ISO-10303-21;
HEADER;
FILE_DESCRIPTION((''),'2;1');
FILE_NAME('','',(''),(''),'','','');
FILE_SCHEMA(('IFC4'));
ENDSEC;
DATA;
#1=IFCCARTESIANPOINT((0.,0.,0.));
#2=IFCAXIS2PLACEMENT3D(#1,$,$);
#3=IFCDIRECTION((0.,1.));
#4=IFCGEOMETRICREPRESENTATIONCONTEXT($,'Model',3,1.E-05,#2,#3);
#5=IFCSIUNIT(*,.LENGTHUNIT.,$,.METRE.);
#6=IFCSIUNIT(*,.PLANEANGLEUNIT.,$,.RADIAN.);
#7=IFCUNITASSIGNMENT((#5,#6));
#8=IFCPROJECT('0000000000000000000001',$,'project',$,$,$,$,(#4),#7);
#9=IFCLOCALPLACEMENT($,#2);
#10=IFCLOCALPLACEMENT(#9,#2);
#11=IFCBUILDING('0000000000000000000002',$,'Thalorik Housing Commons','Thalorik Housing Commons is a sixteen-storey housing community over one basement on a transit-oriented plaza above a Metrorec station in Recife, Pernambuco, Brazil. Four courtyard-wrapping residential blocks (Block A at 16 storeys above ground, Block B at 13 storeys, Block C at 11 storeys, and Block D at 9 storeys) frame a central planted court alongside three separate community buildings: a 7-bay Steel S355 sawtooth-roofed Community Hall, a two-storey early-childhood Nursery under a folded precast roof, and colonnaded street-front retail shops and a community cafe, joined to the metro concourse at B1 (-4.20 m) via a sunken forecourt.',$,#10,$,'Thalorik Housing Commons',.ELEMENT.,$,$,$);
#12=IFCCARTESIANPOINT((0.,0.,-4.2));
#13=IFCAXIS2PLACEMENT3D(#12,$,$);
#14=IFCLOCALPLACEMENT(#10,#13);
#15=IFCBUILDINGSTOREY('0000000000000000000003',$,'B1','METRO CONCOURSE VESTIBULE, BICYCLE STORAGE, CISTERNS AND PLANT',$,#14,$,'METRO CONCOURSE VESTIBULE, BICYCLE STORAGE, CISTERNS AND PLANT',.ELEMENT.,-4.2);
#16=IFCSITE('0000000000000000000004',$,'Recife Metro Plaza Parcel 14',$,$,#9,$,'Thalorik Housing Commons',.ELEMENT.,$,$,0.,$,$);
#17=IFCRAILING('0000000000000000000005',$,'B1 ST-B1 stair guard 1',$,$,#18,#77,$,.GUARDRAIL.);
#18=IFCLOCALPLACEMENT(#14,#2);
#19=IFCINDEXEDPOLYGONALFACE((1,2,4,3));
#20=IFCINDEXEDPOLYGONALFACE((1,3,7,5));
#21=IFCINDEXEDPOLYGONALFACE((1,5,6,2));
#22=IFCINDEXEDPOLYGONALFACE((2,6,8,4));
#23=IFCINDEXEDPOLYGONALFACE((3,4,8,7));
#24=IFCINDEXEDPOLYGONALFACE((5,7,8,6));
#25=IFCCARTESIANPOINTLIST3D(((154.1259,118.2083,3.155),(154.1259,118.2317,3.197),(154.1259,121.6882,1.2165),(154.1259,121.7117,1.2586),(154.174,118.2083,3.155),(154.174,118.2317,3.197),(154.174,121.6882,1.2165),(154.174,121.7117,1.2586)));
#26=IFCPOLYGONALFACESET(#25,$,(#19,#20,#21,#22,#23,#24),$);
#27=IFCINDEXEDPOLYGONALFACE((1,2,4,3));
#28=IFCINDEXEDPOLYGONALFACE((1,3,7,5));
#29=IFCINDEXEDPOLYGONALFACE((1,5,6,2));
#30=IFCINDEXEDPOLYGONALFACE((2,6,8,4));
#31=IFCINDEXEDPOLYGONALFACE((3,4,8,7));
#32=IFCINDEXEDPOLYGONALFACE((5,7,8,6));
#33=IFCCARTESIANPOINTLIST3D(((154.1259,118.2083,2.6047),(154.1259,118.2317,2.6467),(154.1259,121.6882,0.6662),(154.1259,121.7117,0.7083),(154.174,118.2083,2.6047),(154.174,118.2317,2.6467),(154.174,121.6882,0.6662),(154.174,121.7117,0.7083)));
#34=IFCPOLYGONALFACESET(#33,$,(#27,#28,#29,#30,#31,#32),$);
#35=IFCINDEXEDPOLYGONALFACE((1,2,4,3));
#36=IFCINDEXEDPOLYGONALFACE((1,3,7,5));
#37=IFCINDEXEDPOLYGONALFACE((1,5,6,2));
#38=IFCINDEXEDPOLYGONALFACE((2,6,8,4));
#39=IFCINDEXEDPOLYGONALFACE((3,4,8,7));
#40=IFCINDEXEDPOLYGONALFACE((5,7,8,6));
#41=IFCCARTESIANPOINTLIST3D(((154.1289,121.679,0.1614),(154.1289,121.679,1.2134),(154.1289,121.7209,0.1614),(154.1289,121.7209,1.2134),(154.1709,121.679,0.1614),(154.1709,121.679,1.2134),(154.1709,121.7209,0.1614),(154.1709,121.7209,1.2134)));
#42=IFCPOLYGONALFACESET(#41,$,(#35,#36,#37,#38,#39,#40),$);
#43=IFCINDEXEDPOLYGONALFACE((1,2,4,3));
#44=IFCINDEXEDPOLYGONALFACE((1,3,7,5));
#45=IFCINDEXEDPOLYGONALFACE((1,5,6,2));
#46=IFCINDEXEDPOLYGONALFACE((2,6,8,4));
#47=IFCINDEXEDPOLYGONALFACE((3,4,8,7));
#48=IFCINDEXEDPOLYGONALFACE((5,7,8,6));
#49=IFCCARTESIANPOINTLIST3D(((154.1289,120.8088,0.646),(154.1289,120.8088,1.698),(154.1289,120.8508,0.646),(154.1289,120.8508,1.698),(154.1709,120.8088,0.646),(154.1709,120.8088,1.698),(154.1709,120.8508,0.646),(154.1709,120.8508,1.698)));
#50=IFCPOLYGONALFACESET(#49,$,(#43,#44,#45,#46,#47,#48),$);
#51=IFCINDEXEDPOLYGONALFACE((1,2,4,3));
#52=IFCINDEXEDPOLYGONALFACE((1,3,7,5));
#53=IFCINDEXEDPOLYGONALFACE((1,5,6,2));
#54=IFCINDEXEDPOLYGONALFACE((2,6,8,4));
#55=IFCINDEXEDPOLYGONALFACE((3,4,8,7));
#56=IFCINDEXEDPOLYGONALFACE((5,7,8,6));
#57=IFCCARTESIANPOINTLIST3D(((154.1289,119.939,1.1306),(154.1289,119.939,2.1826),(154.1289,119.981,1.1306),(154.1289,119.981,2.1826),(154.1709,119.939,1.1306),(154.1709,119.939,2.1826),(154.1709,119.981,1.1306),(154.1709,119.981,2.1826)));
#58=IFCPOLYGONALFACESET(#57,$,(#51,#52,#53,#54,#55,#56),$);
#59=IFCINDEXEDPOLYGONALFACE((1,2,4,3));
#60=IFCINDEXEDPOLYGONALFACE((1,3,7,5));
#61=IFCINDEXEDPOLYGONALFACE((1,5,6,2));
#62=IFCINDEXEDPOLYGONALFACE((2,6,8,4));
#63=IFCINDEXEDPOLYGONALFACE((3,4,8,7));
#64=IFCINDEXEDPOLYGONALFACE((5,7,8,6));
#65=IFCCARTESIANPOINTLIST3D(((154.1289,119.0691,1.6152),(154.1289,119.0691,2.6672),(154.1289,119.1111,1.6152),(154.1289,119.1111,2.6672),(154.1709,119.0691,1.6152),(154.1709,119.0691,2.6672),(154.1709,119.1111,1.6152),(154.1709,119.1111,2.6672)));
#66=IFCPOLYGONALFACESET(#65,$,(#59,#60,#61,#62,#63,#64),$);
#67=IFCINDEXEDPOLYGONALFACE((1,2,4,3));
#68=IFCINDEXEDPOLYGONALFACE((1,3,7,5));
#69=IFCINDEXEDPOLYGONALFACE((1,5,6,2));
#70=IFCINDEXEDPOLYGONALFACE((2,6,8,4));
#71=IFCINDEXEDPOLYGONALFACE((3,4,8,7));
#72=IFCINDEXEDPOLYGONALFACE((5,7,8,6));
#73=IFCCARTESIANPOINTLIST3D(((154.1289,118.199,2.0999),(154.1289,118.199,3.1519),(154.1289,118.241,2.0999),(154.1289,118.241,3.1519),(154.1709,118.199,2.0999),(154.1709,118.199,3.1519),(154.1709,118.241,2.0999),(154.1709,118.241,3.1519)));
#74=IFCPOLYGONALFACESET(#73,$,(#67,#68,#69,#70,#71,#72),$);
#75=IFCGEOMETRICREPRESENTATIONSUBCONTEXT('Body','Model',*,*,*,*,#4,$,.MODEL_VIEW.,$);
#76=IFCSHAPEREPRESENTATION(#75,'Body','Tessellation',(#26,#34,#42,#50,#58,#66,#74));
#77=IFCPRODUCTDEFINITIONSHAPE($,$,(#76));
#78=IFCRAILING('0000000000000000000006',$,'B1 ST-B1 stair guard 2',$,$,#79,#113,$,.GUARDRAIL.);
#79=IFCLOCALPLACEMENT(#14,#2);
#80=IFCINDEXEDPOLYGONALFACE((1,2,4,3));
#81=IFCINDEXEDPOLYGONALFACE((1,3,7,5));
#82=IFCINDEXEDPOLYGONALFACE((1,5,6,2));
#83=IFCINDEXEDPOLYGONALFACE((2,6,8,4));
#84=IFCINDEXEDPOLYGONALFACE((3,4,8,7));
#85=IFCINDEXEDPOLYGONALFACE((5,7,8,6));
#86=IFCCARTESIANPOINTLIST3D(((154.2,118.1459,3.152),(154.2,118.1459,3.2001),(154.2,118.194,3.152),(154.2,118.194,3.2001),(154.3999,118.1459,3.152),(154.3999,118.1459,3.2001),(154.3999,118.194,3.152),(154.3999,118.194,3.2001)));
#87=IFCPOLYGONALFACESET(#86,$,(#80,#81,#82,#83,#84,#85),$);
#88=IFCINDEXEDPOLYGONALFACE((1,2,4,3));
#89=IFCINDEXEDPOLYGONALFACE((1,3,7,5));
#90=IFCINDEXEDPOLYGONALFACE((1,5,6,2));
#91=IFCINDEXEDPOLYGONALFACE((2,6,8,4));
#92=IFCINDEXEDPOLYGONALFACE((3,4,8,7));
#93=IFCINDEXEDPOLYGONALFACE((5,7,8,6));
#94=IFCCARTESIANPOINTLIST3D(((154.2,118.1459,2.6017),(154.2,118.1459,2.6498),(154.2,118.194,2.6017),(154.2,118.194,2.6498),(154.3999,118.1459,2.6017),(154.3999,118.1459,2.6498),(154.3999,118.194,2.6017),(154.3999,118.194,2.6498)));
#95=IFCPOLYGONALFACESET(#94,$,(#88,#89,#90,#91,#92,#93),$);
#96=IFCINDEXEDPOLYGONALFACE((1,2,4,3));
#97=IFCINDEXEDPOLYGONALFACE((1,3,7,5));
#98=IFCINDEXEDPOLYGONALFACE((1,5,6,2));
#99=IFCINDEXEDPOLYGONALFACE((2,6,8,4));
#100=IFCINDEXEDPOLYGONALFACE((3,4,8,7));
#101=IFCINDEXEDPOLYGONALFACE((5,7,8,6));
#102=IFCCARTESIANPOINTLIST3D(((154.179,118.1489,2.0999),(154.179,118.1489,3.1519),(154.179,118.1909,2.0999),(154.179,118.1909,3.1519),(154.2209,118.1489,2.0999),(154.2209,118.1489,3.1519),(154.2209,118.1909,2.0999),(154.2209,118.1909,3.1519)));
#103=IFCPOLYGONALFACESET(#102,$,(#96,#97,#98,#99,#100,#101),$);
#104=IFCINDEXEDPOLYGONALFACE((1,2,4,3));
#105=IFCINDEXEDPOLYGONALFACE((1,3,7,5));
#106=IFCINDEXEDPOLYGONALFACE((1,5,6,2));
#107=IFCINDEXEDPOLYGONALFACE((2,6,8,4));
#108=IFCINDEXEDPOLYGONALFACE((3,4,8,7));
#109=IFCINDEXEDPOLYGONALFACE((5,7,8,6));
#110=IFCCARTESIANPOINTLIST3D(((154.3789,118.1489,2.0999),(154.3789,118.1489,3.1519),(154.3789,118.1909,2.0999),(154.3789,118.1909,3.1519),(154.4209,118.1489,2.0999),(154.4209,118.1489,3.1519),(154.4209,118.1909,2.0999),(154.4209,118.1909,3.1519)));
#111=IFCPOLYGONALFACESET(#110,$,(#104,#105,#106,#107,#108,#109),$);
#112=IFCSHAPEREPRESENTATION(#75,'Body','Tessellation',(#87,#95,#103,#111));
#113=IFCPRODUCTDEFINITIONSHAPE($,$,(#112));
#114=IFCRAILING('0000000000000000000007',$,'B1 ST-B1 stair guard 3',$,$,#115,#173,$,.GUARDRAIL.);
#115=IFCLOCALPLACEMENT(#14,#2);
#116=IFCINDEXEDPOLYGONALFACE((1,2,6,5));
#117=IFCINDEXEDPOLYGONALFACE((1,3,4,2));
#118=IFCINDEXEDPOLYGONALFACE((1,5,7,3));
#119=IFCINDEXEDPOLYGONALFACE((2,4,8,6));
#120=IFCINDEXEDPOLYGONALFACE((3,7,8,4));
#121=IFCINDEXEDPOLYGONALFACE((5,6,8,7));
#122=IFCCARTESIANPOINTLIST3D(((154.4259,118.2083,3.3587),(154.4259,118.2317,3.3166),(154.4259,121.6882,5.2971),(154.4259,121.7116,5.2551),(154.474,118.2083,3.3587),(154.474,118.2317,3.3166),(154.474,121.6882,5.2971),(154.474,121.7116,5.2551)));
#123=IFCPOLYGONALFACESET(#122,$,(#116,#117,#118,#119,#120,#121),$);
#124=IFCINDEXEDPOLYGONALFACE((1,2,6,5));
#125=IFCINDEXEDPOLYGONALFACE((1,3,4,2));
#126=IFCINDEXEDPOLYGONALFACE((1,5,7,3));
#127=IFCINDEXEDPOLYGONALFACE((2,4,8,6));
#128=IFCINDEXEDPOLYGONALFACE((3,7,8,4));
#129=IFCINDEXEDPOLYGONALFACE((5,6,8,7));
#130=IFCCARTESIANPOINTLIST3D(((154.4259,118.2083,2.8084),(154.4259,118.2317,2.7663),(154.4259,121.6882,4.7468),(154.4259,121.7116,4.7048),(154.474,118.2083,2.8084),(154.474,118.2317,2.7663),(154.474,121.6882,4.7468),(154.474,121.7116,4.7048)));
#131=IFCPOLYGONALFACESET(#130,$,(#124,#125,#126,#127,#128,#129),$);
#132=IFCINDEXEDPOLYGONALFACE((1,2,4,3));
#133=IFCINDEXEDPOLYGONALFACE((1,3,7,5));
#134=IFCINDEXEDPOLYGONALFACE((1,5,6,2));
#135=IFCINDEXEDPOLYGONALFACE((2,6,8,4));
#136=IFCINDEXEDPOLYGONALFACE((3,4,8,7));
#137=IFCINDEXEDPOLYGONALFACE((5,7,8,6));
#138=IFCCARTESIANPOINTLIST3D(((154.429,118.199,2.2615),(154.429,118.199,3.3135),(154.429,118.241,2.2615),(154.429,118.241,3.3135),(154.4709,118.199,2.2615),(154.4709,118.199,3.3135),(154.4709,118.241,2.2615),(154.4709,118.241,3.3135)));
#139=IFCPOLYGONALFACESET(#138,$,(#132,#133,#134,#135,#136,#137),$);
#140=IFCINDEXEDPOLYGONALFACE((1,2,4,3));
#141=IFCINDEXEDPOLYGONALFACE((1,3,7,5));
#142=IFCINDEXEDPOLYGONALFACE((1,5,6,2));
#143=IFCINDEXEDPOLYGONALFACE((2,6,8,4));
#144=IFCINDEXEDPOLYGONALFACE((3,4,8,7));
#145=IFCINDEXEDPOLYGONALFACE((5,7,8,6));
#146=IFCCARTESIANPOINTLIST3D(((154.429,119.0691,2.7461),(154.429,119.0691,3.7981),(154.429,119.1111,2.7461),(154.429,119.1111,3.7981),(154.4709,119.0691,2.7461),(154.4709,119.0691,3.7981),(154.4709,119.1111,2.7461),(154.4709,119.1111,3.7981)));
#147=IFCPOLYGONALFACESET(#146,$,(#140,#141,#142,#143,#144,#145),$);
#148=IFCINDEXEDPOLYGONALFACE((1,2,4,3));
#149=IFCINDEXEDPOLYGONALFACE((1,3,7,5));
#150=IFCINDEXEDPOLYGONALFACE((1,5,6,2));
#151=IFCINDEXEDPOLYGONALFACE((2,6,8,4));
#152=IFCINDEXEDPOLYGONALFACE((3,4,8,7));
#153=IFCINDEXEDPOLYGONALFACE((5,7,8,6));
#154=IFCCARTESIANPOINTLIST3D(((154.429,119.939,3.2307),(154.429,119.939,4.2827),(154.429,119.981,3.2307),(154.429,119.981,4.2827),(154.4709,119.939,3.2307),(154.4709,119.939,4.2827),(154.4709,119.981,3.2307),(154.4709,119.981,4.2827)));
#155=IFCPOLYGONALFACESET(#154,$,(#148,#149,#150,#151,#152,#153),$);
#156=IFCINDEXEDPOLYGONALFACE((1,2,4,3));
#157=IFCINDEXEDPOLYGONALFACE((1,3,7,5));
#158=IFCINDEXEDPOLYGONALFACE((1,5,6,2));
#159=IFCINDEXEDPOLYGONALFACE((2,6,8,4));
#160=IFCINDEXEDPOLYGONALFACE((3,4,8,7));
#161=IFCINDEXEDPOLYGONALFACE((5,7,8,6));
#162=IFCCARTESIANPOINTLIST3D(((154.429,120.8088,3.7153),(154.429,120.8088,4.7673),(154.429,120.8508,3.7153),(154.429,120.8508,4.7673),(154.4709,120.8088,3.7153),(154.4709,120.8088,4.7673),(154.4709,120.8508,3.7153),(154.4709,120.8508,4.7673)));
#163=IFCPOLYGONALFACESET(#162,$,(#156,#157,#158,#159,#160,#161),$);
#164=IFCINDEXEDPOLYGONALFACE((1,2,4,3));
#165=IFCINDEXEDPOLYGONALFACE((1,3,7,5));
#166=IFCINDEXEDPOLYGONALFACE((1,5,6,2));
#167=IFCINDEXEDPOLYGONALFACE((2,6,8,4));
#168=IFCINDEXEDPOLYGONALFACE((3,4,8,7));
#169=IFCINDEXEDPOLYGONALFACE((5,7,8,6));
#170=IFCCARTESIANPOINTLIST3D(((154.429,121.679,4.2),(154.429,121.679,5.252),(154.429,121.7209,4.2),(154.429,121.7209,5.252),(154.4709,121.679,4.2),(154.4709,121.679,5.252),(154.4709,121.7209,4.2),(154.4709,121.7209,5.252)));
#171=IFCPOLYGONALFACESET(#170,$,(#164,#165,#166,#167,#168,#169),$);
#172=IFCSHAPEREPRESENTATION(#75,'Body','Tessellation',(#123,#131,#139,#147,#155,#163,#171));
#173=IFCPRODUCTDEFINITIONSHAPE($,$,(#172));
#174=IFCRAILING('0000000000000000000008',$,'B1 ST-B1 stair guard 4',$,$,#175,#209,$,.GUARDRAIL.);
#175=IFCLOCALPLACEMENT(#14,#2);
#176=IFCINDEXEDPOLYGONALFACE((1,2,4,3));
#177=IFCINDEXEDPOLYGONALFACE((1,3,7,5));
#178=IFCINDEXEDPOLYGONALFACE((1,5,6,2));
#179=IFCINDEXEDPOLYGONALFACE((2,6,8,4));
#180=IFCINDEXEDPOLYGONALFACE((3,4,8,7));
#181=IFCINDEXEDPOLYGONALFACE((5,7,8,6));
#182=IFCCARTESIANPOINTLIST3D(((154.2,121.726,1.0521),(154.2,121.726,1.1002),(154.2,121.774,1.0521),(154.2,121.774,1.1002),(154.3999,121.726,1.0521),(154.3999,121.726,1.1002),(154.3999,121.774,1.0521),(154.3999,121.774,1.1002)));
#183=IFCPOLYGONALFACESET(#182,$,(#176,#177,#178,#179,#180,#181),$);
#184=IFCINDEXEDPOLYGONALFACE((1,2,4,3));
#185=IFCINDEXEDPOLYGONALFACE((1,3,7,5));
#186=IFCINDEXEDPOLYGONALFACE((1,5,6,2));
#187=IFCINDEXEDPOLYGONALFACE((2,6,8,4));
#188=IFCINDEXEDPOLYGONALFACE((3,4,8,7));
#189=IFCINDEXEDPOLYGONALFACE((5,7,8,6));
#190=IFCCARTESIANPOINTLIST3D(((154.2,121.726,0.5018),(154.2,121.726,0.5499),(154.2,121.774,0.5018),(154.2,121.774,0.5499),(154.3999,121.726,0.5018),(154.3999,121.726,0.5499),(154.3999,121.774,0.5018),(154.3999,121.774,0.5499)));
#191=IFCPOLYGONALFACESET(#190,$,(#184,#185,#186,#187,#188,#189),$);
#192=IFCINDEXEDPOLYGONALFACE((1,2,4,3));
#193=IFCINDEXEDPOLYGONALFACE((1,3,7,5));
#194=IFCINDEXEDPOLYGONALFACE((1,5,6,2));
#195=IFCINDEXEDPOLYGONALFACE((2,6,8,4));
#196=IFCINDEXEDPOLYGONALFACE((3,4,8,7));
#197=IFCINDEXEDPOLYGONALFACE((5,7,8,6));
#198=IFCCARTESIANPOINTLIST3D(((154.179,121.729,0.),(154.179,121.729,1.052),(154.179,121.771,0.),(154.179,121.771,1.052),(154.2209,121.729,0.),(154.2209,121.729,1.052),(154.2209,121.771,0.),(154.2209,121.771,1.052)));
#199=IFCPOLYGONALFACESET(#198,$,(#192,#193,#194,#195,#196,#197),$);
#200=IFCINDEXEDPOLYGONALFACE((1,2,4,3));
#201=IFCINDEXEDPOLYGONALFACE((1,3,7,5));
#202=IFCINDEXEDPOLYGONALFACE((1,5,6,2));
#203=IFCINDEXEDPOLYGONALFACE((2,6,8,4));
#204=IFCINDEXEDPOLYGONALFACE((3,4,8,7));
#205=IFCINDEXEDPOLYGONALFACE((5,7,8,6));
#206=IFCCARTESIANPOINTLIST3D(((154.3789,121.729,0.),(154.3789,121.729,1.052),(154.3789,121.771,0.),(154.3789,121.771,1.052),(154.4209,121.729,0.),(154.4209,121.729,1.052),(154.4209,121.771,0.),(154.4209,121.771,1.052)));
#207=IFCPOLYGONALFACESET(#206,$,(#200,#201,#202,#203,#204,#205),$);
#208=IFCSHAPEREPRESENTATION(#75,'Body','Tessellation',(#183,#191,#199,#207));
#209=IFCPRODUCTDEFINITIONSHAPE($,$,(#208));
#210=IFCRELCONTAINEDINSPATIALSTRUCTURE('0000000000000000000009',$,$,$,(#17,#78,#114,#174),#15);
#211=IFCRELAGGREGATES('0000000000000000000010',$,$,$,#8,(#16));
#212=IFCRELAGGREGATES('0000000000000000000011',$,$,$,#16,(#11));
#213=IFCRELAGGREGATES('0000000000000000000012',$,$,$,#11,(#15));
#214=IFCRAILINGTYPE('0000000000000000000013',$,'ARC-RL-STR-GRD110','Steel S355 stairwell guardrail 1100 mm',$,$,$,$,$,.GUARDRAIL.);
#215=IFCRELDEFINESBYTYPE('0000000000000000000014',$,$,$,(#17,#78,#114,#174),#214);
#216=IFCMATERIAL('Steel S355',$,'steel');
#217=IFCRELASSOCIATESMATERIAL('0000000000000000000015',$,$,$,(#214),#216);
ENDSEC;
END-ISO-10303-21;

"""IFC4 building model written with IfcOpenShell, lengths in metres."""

from ifc_helpers import new_model, si_unit, direction, frame, origin, origin_2d, place, context, subcontext, project, spatial, rectangle, extrude, material, type_object, element, save


model = new_model("IFC4")

# Units and contexts
model_context = context("Model", 3, precision=1e-05, world=origin(), true_north=direction((0.0, 1.0)))
body_context = subcontext(model_context, "Body", "Model", "MODEL_VIEW")
ifc_project = project(units=[si_unit("LENGTHUNIT", "METRE"), si_unit("PLANEANGLEUNIT", "RADIAN")], contexts=[model_context])

# Site, building, storey
site_placement = place(None, origin())
site = spatial("IfcSite", under=ifc_project, at=site_placement, Name="Recife Metro Plaza Parcel 14", LongName="Thalorik Housing Commons", CompositionType="ELEMENT", RefElevation=0.0)
building_placement = place(site_placement, origin())
building = spatial("IfcBuilding", under=site, at=building_placement, Name="Thalorik Housing Commons", Description="Thalorik Housing Commons is a sixteen-storey housing community over one basement on a transit-oriented plaza above a Metrorec station in Recife, Pernambuco, Brazil. Four courtyard-wrapping residential blocks (Block A at 16 storeys above ground, Block B at 13 storeys, Block C at 11 storeys, and Block D at 9 storeys) frame a central planted court alongside three separate community buildings: a 7-bay Steel S355 sawtooth-roofed Community Hall, a two-storey early-childhood Nursery under a folded precast roof, and colonnaded street-front retail shops and a community cafe, joined to the metro concourse at B1 (-4.20 m) via a sunken forecourt.", LongName="Thalorik Housing Commons", CompositionType="ELEMENT")
storey_placement = place(building_placement, frame((0.0, 0.0, -4.2)))
storey = spatial("IfcBuildingStorey", under=building, at=storey_placement, Name="B1", Description="METRO CONCOURSE VESTIBULE, BICYCLE STORAGE, CISTERNS AND PLANT", LongName="METRO CONCOURSE VESTIBULE, BICYCLE STORAGE, CISTERNS AND PLANT", CompositionType="ELEMENT", Elevation=-4.2)

# Shared definitions
ifc_material_1 = material(Name="Steel S355", Category="steel")

# Railings
railing_type_1 = type_object("IfcRailingType", Name="ARC-RL-STR-GRD110", Description="Steel S355 stairwell guardrail 1100 mm", PredefinedType="GUARDRAIL", material=ifc_material_1)
railing_1_placement = place(storey_placement, frame((154.1499, 121.7, 0.1614)))
element("IfcRailing", 1, at=railing_1_placement, inside=storey, type_object=railing_type_1, Name="B1 ST-B1 stair guard 1", PredefinedType="GUARDRAIL", context=body_context, shape_type="SweptSolid", body=[
    extrude(rectangle(XDim=0.0481, YDim=0.0481, at=origin_2d()), frame((0.0, 0.0, 1.0762), z_axis=(0.0, -0.873607, 0.486631), x_axis=(1.0, 0.0, 0.0)), (0.0, 0.0, 1.0), 3.9834),
    extrude(rectangle(XDim=0.0481, YDim=0.0481, at=origin_2d()), frame((0.0, 0.0, 0.5259), z_axis=(0.0, -0.873607, 0.486631), x_axis=(1.0, 0.0, 0.0)), (0.0, 0.0, 1.0), 3.9834),
    extrude(rectangle(XDim=0.042, YDim=0.042, at=origin_2d()), origin(), (0.0, 0.0, 1.0), 1.052),
    extrude(rectangle(XDim=0.042, YDim=0.042, at=origin_2d()), frame((0.0, -0.8701, 0.4846)), (0.0, 0.0, 1.0), 1.052),
    extrude(rectangle(XDim=0.042, YDim=0.042, at=origin_2d()), frame((0.0, -1.74, 0.9692)), (0.0, 0.0, 1.0), 1.052),
    extrude(rectangle(XDim=0.042, YDim=0.042, at=origin_2d()), frame((0.0, -2.6099, 1.4539)), (0.0, 0.0, 1.0), 1.052),
    extrude(rectangle(XDim=0.042, YDim=0.042, at=origin_2d()), frame((0.0, -3.48, 1.9385)), (0.0, 0.0, 1.0), 1.052),
])
railing_2_placement = place(storey_placement, frame((154.2, 118.1699, 2.0999)))
element("IfcRailing", 2, at=railing_2_placement, inside=storey, type_object=railing_type_1, Name="B1 ST-B1 stair guard 2", PredefinedType="GUARDRAIL", context=body_context, shape_type="SweptSolid", body=[
    extrude(rectangle(XDim=0.0481, YDim=0.0481, at=origin_2d()), frame((0.0, 0.0, 1.0762), z_axis=(1.0, 0.0, 0.0), x_axis=(0.0, 1.0, 0.0)), (0.0, 0.0, 1.0), 0.2),
    extrude(rectangle(XDim=0.0481, YDim=0.0481, at=origin_2d()), frame((0.0, 0.0, 0.5259), z_axis=(1.0, 0.0, 0.0), x_axis=(0.0, 1.0, 0.0)), (0.0, 0.0, 1.0), 0.2),
    extrude(rectangle(XDim=0.042, YDim=0.042, at=origin_2d()), origin(), (0.0, 0.0, 1.0), 1.052),
    extrude(rectangle(XDim=0.042, YDim=0.042, at=origin_2d()), frame((0.2, 0.0, 0.0)), (0.0, 0.0, 1.0), 1.052),
])
railing_3_placement = place(storey_placement, frame((154.45, 118.22, 2.2615)))
element("IfcRailing", 3, at=railing_3_placement, inside=storey, type_object=railing_type_1, Name="B1 ST-B1 stair guard 3", PredefinedType="GUARDRAIL", context=body_context, shape_type="SweptSolid", body=[
    extrude(rectangle(XDim=0.0481, YDim=0.0481, at=origin_2d()), frame((0.0, 0.0, 1.0762), z_axis=(0.0, 0.873607, 0.486631), x_axis=(-1.0, 0.0, 0.0)), (0.0, 0.0, 1.0), 3.9834),
    extrude(rectangle(XDim=0.0481, YDim=0.0481, at=origin_2d()), frame((0.0, 0.0, 0.5259), z_axis=(0.0, 0.873607, 0.486631), x_axis=(-1.0, 0.0, 0.0)), (0.0, 0.0, 1.0), 3.9834),
    extrude(rectangle(XDim=0.042, YDim=0.042, at=origin_2d()), origin(), (0.0, 0.0, 1.0), 1.052),
    extrude(rectangle(XDim=0.042, YDim=0.042, at=origin_2d()), frame((0.0, 0.8701, 0.4846)), (0.0, 0.0, 1.0), 1.052),
    extrude(rectangle(XDim=0.042, YDim=0.042, at=origin_2d()), frame((0.0, 1.74, 0.9692)), (0.0, 0.0, 1.0), 1.052),
    extrude(rectangle(XDim=0.042, YDim=0.042, at=origin_2d()), frame((0.0, 2.6099, 1.4539)), (0.0, 0.0, 1.0), 1.052),
    extrude(rectangle(XDim=0.042, YDim=0.042, at=origin_2d()), frame((0.0, 3.48, 1.9385)), (0.0, 0.0, 1.0), 1.052),
])
railing_4_placement = place(storey_placement, frame((154.2, 121.75, 0.0)))
element("IfcRailing", 4, at=railing_4_placement, inside=storey, type_object=railing_type_1, Name="B1 ST-B1 stair guard 4", PredefinedType="GUARDRAIL", context=body_context, shape_type="SweptSolid", body=[
    extrude(rectangle(XDim=0.0481, YDim=0.0481, at=origin_2d()), frame((0.0, 0.0, 1.0762), z_axis=(1.0, 0.0, 0.0), x_axis=(0.0, 1.0, 0.0)), (0.0, 0.0, 1.0), 0.2),
    extrude(rectangle(XDim=0.0481, YDim=0.0481, at=origin_2d()), frame((0.0, 0.0, 0.5259), z_axis=(1.0, 0.0, 0.0), x_axis=(0.0, 1.0, 0.0)), (0.0, 0.0, 1.0), 0.2),
    extrude(rectangle(XDim=0.042, YDim=0.042, at=origin_2d()), origin(), (0.0, 0.0, 1.0), 1.052),
    extrude(rectangle(XDim=0.042, YDim=0.042, at=origin_2d()), frame((0.2, 0.0, 0.0)), (0.0, 0.0, 1.0), 1.052),
])

save(model, "model.ifc")
